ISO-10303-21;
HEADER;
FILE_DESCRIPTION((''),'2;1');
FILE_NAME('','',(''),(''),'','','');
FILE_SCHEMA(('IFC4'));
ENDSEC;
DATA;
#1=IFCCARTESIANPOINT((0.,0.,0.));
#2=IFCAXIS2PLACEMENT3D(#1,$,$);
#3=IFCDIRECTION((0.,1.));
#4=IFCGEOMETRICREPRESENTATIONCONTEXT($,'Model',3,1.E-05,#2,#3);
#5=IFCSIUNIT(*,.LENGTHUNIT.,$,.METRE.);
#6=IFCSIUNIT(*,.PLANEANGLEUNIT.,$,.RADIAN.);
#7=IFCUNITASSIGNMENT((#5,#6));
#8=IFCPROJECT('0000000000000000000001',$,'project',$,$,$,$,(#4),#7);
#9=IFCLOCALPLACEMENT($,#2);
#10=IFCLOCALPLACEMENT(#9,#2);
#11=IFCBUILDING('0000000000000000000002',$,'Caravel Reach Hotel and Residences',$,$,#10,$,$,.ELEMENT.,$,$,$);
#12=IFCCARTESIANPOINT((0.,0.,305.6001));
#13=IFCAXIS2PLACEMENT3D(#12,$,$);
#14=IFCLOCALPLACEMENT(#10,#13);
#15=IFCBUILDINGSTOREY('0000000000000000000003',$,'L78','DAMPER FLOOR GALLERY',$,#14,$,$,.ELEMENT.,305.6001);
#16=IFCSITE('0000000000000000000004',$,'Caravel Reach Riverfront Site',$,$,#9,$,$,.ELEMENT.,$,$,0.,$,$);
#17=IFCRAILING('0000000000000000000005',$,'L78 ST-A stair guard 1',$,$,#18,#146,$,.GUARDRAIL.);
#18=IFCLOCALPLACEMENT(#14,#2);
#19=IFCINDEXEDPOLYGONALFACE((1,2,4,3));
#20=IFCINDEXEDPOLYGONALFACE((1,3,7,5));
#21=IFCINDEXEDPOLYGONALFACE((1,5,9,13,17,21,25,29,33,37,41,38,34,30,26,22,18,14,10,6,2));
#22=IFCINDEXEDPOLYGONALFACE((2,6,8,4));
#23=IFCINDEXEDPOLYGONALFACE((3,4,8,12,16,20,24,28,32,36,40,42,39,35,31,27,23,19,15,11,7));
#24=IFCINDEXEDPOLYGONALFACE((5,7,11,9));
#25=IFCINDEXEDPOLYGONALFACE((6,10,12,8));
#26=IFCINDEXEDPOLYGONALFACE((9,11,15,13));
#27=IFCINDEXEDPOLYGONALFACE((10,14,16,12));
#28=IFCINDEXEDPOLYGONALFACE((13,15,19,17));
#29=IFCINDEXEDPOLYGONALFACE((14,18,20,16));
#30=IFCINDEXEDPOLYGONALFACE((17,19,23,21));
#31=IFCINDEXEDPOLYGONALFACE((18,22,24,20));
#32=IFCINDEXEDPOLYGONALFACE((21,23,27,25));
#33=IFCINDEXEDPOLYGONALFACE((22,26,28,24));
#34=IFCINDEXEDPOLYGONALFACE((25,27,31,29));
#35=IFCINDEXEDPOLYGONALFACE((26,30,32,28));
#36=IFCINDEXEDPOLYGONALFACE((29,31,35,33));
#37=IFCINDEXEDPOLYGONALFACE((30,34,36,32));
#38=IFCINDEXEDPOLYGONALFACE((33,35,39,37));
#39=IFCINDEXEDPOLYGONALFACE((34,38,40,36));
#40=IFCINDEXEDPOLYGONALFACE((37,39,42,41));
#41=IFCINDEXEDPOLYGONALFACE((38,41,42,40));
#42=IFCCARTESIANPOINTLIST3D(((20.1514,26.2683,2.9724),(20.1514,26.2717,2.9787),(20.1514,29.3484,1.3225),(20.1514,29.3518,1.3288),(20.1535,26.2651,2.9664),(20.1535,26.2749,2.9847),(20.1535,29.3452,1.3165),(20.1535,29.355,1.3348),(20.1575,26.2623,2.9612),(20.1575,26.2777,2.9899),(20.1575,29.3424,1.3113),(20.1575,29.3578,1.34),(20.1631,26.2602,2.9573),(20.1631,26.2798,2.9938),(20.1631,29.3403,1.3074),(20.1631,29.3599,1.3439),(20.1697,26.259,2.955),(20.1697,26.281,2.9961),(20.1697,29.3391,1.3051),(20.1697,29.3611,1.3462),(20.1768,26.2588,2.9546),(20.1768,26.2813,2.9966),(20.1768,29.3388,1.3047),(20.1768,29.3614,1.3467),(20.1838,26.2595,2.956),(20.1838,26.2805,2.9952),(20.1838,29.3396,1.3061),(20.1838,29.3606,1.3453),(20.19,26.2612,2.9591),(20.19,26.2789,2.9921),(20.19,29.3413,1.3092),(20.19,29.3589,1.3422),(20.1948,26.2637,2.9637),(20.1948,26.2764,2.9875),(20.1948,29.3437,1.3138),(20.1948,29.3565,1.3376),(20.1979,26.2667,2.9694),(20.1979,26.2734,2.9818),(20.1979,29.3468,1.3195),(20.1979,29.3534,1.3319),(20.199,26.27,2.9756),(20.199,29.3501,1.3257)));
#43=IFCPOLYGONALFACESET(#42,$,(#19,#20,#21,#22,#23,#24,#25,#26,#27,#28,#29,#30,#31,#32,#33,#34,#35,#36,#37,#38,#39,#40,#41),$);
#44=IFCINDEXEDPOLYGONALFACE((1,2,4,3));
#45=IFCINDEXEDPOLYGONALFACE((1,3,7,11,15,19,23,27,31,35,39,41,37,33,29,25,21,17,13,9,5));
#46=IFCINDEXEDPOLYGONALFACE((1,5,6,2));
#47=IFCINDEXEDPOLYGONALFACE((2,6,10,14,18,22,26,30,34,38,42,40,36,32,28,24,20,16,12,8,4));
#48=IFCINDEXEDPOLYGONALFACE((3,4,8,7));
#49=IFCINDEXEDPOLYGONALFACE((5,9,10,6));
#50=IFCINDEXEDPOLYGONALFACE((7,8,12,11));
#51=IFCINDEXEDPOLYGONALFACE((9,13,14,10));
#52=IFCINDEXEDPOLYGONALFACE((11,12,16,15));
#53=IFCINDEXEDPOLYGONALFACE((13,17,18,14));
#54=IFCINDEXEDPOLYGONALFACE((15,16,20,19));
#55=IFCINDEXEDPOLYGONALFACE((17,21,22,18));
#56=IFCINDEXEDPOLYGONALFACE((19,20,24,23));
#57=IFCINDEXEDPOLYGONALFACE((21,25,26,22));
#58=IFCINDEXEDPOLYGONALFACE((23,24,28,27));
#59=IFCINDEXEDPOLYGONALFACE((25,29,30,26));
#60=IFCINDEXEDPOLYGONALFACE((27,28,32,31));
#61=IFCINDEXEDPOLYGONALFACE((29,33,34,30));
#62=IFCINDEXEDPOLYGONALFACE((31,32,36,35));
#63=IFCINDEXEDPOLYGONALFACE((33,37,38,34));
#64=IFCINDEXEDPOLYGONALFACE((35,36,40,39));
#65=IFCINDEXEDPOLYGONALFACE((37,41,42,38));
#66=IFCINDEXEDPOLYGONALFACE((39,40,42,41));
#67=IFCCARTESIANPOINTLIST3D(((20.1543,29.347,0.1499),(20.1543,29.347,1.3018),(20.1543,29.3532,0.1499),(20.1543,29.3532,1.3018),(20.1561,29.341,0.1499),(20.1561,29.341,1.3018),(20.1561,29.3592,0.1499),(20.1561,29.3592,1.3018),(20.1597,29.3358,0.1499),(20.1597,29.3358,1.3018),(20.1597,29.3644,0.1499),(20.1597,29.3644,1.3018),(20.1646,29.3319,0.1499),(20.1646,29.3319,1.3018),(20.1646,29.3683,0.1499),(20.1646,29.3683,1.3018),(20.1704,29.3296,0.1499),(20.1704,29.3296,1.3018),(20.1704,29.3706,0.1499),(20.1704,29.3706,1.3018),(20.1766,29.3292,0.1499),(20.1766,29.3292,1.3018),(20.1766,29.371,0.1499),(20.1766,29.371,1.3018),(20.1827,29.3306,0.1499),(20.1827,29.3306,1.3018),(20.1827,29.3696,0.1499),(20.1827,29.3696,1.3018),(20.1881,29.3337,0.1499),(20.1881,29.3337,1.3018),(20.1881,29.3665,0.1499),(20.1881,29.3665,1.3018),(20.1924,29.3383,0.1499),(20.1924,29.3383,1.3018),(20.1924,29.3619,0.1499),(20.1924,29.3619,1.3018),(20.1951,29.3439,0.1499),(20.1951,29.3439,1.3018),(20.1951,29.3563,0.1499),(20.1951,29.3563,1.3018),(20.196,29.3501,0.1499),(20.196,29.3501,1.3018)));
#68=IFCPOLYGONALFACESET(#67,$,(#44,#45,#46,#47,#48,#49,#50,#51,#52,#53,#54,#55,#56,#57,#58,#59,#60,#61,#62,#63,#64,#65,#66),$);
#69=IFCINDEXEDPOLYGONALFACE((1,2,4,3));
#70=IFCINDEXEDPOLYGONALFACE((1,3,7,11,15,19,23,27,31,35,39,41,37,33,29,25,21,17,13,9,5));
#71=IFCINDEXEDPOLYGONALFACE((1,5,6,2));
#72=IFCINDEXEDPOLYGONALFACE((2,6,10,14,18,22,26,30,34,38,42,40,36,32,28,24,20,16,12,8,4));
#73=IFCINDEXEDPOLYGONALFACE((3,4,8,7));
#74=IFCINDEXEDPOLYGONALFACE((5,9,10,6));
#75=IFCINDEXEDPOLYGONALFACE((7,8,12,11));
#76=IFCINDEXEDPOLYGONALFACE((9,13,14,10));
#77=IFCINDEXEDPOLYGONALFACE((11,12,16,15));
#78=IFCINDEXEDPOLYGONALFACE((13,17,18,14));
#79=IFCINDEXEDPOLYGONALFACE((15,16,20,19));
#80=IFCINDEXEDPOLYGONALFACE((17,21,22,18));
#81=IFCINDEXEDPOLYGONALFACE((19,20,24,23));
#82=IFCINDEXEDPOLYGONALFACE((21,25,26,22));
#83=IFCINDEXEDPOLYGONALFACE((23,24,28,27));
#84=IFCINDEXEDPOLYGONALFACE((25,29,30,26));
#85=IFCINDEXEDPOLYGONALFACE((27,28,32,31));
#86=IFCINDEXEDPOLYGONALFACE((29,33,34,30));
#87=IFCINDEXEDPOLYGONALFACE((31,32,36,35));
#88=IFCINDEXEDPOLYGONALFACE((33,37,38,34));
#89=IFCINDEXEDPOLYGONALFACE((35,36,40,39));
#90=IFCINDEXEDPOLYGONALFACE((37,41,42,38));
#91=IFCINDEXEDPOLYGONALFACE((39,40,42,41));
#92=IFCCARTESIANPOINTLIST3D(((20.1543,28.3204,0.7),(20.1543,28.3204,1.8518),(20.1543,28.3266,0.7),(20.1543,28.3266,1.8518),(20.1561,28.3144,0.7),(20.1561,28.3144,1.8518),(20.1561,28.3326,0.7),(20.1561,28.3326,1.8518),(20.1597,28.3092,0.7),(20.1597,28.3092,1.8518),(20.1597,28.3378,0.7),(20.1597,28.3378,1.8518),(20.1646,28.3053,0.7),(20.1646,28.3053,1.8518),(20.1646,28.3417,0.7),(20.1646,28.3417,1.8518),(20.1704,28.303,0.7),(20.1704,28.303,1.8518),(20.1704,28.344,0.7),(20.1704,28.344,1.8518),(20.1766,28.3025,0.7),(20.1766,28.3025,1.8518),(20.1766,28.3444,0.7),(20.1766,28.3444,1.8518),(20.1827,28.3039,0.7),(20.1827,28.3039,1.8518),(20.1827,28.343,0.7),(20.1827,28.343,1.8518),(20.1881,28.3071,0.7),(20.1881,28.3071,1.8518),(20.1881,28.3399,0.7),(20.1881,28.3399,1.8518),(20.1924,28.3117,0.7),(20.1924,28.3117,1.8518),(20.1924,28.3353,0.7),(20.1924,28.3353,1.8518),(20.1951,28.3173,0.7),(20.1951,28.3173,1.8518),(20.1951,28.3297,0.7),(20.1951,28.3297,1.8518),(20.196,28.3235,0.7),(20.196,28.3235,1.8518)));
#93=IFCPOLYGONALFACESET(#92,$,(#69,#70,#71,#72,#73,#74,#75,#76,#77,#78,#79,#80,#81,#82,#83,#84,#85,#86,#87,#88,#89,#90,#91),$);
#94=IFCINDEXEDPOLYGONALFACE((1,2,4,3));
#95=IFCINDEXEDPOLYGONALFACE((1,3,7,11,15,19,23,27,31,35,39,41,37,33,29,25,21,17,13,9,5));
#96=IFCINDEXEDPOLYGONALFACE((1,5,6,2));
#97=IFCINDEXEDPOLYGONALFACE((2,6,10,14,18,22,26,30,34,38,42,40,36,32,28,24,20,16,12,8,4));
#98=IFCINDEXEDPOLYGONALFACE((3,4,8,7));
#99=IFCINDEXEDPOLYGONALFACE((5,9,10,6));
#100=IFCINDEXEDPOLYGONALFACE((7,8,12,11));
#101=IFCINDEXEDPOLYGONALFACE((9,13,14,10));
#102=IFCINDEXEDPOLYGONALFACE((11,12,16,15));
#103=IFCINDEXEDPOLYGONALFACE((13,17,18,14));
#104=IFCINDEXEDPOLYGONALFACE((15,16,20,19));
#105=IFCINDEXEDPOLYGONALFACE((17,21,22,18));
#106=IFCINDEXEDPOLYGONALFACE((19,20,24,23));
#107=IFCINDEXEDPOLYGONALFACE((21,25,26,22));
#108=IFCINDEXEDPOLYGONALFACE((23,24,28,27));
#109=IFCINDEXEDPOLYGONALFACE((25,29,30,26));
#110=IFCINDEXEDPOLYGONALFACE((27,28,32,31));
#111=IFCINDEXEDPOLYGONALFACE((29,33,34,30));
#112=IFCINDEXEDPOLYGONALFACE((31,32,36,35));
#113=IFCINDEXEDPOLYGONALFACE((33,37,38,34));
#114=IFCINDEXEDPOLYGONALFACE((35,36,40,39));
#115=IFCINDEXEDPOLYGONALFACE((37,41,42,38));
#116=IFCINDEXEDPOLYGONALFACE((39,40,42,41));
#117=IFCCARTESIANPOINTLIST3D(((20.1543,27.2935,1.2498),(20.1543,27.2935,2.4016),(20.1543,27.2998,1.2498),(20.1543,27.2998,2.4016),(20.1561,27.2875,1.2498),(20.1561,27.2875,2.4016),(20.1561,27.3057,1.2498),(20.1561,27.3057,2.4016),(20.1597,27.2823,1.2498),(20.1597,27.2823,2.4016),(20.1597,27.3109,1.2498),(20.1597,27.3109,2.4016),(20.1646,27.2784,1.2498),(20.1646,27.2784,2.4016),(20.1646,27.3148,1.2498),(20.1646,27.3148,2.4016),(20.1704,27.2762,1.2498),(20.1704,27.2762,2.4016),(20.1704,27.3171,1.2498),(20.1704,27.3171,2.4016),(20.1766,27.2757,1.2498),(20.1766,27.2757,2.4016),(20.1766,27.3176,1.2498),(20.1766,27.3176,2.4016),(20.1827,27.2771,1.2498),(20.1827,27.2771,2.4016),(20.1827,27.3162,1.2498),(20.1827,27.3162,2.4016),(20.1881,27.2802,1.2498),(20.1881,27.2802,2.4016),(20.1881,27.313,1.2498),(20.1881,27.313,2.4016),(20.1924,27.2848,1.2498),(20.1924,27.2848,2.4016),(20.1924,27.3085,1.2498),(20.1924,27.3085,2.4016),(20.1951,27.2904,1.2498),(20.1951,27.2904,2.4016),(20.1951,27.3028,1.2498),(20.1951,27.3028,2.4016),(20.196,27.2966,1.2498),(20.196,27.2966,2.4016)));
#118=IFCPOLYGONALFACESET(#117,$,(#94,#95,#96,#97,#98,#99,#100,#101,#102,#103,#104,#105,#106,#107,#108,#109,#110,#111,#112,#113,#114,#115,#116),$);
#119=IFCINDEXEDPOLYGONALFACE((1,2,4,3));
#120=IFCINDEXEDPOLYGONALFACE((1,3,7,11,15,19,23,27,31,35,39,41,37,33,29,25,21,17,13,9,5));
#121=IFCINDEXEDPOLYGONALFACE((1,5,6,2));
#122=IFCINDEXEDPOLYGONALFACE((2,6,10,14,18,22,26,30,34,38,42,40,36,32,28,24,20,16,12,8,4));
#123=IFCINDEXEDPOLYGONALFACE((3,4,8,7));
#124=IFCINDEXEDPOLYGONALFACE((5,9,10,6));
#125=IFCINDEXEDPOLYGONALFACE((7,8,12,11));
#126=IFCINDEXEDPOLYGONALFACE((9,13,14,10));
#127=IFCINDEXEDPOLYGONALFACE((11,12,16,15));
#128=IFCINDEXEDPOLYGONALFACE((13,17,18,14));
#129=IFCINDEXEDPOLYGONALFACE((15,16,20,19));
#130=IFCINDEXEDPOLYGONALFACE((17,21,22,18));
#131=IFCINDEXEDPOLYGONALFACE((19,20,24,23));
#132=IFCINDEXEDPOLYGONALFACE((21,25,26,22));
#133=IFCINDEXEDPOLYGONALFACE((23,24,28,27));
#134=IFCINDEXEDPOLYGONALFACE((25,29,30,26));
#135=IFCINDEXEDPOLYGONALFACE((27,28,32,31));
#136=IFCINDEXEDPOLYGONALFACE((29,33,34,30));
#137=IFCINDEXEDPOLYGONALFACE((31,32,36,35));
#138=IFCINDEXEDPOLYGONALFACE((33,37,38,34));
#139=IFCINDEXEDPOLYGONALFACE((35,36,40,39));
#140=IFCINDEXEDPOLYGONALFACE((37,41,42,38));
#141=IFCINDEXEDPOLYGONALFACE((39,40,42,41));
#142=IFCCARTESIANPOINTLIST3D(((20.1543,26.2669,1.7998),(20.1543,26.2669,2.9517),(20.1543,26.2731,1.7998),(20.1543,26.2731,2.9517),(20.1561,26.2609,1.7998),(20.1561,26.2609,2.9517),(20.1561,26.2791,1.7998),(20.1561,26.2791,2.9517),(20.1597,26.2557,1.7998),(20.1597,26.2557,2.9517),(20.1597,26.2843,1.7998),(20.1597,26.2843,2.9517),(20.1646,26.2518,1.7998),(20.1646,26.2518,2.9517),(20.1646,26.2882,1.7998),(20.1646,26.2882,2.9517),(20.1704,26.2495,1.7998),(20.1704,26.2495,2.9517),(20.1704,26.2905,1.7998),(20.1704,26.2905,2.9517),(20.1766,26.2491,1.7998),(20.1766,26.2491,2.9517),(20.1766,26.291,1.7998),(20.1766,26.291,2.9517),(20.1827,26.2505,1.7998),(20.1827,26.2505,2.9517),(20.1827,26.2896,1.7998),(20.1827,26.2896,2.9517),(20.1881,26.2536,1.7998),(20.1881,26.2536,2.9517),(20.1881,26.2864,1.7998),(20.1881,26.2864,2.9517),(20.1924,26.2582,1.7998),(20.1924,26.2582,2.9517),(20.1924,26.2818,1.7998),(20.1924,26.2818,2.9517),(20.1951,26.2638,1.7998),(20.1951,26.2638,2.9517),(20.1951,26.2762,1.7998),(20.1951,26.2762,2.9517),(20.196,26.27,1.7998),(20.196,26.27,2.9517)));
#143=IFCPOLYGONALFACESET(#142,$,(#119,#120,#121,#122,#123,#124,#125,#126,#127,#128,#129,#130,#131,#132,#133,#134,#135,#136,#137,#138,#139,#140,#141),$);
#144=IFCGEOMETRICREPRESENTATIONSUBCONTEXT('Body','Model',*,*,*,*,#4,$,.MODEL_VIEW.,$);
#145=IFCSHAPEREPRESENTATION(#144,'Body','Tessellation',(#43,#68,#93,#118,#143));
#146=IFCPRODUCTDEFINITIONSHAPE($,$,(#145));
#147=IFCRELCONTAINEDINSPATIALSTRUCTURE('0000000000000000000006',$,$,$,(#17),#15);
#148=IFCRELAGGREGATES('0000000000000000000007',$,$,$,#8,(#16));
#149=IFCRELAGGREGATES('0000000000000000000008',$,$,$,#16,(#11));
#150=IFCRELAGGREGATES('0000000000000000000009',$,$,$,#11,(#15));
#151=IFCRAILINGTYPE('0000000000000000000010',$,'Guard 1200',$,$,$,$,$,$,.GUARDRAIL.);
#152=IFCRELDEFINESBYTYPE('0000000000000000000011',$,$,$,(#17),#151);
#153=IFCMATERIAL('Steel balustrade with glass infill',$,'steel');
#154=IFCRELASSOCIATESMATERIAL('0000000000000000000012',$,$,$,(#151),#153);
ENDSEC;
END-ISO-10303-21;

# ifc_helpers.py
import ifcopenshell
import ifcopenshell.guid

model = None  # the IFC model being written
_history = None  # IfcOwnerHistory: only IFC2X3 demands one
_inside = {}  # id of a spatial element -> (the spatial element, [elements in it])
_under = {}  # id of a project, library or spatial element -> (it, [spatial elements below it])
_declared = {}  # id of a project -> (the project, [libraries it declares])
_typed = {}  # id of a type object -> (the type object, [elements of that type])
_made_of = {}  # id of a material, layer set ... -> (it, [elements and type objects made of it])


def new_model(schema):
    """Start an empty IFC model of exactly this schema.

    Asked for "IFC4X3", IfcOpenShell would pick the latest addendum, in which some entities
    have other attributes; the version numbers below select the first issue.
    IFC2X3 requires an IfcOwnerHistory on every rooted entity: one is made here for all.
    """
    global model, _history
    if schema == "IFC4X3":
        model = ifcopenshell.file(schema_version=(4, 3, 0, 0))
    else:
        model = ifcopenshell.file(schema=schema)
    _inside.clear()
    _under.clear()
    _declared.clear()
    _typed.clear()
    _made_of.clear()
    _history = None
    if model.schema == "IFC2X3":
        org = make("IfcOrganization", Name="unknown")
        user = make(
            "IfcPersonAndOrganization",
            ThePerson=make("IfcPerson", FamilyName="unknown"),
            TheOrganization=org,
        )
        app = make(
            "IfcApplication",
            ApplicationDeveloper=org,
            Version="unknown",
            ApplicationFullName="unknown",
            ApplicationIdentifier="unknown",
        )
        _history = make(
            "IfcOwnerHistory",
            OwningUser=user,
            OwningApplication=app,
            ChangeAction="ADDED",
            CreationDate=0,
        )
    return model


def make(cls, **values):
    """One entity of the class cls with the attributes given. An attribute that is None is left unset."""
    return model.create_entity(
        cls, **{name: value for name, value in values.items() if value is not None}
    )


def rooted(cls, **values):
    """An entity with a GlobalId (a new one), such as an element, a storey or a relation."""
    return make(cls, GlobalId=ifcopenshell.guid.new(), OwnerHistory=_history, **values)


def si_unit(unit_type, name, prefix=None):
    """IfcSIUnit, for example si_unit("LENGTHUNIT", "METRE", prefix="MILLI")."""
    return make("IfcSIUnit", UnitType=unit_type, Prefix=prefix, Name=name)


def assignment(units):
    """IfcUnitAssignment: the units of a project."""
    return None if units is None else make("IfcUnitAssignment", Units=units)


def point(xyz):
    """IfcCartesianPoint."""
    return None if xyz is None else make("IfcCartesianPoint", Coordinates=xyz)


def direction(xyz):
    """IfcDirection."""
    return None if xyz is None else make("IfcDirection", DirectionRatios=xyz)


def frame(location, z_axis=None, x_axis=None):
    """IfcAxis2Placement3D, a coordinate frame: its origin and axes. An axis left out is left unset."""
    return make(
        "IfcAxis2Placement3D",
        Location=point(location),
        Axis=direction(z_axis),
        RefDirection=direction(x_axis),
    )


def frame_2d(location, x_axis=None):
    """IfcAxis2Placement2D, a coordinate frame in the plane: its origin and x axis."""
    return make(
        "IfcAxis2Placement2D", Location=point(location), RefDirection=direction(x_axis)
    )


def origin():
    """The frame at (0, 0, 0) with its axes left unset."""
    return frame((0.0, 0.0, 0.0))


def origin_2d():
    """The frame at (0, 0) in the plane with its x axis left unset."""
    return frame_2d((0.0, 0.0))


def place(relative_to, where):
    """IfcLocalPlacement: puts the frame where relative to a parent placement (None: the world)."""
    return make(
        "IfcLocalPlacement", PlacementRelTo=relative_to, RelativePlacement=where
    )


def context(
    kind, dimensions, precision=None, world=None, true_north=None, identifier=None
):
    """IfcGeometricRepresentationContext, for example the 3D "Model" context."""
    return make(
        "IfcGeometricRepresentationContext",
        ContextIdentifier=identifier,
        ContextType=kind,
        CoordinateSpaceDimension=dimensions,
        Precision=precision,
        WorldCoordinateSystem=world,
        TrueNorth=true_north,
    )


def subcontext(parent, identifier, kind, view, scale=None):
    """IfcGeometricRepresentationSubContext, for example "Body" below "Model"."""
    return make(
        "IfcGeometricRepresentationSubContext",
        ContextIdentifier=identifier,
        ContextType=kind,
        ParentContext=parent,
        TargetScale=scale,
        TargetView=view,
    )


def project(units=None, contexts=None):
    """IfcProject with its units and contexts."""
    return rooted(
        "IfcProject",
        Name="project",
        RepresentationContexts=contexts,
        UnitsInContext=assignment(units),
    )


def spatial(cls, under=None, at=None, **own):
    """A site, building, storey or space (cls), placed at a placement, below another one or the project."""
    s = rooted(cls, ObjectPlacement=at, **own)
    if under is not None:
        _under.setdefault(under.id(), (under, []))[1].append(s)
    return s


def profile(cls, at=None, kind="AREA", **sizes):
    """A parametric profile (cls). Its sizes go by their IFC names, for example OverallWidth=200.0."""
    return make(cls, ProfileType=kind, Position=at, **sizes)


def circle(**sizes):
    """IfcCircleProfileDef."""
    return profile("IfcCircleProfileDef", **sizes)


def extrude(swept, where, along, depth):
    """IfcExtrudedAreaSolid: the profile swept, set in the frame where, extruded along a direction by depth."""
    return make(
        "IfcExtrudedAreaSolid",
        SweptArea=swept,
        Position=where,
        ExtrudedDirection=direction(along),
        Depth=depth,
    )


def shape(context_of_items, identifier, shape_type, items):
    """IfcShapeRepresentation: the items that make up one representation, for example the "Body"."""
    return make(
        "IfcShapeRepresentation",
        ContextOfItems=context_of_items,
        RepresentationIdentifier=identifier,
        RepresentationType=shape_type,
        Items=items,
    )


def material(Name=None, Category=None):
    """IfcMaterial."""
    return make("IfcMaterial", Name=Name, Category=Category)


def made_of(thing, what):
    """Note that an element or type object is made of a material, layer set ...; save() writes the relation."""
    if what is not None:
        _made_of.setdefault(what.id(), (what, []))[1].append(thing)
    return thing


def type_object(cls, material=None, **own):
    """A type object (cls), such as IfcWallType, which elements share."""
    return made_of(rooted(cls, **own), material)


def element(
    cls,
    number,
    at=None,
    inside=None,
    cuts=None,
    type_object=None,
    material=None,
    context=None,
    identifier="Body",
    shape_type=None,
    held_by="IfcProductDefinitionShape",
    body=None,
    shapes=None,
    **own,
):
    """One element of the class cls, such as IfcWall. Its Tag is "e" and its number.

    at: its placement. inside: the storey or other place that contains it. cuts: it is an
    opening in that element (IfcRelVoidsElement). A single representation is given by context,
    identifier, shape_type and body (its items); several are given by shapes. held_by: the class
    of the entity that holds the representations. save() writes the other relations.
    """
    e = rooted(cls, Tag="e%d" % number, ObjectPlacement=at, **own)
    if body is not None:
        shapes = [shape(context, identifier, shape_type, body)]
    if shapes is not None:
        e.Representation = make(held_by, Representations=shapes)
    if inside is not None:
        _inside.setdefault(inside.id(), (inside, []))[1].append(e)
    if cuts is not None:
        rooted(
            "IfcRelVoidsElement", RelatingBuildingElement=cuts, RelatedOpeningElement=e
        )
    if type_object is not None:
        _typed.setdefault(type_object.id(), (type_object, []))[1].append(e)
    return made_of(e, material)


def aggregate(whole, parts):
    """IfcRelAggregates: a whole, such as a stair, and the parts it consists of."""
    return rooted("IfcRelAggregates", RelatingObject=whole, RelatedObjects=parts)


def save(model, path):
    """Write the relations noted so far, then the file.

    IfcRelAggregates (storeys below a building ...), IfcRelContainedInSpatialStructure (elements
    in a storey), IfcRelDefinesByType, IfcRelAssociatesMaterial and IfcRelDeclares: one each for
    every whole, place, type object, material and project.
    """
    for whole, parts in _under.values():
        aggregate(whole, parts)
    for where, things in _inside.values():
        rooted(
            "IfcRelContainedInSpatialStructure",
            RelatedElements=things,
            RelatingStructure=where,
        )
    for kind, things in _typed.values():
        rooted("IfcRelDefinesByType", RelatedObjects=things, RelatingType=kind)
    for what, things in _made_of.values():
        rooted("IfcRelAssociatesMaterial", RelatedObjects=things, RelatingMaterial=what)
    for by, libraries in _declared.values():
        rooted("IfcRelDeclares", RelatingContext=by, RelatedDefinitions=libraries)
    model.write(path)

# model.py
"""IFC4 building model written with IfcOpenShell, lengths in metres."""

from ifc_helpers import new_model, si_unit, direction, frame, origin, origin_2d, place, context, subcontext, project, spatial, circle, extrude, material, type_object, element, save


model = new_model("IFC4")

# Units and contexts
model_context = context("Model", 3, precision=1e-05, world=origin(), true_north=direction((0.0, 1.0)))
body_context = subcontext(model_context, "Body", "Model", "MODEL_VIEW")
ifc_project = project(units=[si_unit("LENGTHUNIT", "METRE"), si_unit("PLANEANGLEUNIT", "RADIAN")], contexts=[model_context])

# Site, building, storey
site_placement = place(None, origin())
site = spatial("IfcSite", under=ifc_project, at=site_placement, Name="Caravel Reach Riverfront Site", CompositionType="ELEMENT", RefElevation=0.0)
building_placement = place(site_placement, origin())
building = spatial("IfcBuilding", under=site, at=building_placement, Name="Caravel Reach Hotel and Residences", CompositionType="ELEMENT")
storey_placement = place(building_placement, frame((0.0, 0.0, 305.6001)))
storey = spatial("IfcBuildingStorey", under=building, at=storey_placement, Name="L78", Description="DAMPER FLOOR GALLERY", CompositionType="ELEMENT", Elevation=305.6001)

# Railing
ifc_material_1 = material(Name="Steel balustrade with glass infill", Category="steel")
railing_type_1 = type_object("IfcRailingType", Name="Guard 1200", PredefinedType="GUARDRAIL", material=ifc_material_1)
railing_1_placement = place(storey_placement, frame((20.175, 29.3501, 0.1499)))
element("IfcRailing", 1, at=railing_1_placement, inside=storey, type_object=railing_type_1, Name="L78 ST-A stair guard 1", PredefinedType="GUARDRAIL", context=body_context, shape_type="SweptSolid", body=[
    extrude(circle(Radius=0.0239, at=origin_2d()), frame((0.0, 0.0, 1.1758), z_axis=(0.0, -0.881497, 0.47219), x_axis=(1.0, 0.0, 0.0)), (0.0, 0.0, 1.0), 3.4941),
    extrude(circle(Radius=0.021, at=origin_2d()), origin(), (0.0, 0.0, 1.0), 1.1519),
    extrude(circle(Radius=0.021, at=origin_2d()), frame((0.0, -1.0266, 0.55)), (0.0, 0.0, 1.0), 1.1519),
    extrude(circle(Radius=0.021, at=origin_2d()), frame((0.0, -2.0535, 1.0999)), (0.0, 0.0, 1.0), 1.1519),
    extrude(circle(Radius=0.021, at=origin_2d()), frame((0.0, -3.0801, 1.6499)), (0.0, 0.0, 1.0), 1.1519),
])

save(model, "model.ifc")
